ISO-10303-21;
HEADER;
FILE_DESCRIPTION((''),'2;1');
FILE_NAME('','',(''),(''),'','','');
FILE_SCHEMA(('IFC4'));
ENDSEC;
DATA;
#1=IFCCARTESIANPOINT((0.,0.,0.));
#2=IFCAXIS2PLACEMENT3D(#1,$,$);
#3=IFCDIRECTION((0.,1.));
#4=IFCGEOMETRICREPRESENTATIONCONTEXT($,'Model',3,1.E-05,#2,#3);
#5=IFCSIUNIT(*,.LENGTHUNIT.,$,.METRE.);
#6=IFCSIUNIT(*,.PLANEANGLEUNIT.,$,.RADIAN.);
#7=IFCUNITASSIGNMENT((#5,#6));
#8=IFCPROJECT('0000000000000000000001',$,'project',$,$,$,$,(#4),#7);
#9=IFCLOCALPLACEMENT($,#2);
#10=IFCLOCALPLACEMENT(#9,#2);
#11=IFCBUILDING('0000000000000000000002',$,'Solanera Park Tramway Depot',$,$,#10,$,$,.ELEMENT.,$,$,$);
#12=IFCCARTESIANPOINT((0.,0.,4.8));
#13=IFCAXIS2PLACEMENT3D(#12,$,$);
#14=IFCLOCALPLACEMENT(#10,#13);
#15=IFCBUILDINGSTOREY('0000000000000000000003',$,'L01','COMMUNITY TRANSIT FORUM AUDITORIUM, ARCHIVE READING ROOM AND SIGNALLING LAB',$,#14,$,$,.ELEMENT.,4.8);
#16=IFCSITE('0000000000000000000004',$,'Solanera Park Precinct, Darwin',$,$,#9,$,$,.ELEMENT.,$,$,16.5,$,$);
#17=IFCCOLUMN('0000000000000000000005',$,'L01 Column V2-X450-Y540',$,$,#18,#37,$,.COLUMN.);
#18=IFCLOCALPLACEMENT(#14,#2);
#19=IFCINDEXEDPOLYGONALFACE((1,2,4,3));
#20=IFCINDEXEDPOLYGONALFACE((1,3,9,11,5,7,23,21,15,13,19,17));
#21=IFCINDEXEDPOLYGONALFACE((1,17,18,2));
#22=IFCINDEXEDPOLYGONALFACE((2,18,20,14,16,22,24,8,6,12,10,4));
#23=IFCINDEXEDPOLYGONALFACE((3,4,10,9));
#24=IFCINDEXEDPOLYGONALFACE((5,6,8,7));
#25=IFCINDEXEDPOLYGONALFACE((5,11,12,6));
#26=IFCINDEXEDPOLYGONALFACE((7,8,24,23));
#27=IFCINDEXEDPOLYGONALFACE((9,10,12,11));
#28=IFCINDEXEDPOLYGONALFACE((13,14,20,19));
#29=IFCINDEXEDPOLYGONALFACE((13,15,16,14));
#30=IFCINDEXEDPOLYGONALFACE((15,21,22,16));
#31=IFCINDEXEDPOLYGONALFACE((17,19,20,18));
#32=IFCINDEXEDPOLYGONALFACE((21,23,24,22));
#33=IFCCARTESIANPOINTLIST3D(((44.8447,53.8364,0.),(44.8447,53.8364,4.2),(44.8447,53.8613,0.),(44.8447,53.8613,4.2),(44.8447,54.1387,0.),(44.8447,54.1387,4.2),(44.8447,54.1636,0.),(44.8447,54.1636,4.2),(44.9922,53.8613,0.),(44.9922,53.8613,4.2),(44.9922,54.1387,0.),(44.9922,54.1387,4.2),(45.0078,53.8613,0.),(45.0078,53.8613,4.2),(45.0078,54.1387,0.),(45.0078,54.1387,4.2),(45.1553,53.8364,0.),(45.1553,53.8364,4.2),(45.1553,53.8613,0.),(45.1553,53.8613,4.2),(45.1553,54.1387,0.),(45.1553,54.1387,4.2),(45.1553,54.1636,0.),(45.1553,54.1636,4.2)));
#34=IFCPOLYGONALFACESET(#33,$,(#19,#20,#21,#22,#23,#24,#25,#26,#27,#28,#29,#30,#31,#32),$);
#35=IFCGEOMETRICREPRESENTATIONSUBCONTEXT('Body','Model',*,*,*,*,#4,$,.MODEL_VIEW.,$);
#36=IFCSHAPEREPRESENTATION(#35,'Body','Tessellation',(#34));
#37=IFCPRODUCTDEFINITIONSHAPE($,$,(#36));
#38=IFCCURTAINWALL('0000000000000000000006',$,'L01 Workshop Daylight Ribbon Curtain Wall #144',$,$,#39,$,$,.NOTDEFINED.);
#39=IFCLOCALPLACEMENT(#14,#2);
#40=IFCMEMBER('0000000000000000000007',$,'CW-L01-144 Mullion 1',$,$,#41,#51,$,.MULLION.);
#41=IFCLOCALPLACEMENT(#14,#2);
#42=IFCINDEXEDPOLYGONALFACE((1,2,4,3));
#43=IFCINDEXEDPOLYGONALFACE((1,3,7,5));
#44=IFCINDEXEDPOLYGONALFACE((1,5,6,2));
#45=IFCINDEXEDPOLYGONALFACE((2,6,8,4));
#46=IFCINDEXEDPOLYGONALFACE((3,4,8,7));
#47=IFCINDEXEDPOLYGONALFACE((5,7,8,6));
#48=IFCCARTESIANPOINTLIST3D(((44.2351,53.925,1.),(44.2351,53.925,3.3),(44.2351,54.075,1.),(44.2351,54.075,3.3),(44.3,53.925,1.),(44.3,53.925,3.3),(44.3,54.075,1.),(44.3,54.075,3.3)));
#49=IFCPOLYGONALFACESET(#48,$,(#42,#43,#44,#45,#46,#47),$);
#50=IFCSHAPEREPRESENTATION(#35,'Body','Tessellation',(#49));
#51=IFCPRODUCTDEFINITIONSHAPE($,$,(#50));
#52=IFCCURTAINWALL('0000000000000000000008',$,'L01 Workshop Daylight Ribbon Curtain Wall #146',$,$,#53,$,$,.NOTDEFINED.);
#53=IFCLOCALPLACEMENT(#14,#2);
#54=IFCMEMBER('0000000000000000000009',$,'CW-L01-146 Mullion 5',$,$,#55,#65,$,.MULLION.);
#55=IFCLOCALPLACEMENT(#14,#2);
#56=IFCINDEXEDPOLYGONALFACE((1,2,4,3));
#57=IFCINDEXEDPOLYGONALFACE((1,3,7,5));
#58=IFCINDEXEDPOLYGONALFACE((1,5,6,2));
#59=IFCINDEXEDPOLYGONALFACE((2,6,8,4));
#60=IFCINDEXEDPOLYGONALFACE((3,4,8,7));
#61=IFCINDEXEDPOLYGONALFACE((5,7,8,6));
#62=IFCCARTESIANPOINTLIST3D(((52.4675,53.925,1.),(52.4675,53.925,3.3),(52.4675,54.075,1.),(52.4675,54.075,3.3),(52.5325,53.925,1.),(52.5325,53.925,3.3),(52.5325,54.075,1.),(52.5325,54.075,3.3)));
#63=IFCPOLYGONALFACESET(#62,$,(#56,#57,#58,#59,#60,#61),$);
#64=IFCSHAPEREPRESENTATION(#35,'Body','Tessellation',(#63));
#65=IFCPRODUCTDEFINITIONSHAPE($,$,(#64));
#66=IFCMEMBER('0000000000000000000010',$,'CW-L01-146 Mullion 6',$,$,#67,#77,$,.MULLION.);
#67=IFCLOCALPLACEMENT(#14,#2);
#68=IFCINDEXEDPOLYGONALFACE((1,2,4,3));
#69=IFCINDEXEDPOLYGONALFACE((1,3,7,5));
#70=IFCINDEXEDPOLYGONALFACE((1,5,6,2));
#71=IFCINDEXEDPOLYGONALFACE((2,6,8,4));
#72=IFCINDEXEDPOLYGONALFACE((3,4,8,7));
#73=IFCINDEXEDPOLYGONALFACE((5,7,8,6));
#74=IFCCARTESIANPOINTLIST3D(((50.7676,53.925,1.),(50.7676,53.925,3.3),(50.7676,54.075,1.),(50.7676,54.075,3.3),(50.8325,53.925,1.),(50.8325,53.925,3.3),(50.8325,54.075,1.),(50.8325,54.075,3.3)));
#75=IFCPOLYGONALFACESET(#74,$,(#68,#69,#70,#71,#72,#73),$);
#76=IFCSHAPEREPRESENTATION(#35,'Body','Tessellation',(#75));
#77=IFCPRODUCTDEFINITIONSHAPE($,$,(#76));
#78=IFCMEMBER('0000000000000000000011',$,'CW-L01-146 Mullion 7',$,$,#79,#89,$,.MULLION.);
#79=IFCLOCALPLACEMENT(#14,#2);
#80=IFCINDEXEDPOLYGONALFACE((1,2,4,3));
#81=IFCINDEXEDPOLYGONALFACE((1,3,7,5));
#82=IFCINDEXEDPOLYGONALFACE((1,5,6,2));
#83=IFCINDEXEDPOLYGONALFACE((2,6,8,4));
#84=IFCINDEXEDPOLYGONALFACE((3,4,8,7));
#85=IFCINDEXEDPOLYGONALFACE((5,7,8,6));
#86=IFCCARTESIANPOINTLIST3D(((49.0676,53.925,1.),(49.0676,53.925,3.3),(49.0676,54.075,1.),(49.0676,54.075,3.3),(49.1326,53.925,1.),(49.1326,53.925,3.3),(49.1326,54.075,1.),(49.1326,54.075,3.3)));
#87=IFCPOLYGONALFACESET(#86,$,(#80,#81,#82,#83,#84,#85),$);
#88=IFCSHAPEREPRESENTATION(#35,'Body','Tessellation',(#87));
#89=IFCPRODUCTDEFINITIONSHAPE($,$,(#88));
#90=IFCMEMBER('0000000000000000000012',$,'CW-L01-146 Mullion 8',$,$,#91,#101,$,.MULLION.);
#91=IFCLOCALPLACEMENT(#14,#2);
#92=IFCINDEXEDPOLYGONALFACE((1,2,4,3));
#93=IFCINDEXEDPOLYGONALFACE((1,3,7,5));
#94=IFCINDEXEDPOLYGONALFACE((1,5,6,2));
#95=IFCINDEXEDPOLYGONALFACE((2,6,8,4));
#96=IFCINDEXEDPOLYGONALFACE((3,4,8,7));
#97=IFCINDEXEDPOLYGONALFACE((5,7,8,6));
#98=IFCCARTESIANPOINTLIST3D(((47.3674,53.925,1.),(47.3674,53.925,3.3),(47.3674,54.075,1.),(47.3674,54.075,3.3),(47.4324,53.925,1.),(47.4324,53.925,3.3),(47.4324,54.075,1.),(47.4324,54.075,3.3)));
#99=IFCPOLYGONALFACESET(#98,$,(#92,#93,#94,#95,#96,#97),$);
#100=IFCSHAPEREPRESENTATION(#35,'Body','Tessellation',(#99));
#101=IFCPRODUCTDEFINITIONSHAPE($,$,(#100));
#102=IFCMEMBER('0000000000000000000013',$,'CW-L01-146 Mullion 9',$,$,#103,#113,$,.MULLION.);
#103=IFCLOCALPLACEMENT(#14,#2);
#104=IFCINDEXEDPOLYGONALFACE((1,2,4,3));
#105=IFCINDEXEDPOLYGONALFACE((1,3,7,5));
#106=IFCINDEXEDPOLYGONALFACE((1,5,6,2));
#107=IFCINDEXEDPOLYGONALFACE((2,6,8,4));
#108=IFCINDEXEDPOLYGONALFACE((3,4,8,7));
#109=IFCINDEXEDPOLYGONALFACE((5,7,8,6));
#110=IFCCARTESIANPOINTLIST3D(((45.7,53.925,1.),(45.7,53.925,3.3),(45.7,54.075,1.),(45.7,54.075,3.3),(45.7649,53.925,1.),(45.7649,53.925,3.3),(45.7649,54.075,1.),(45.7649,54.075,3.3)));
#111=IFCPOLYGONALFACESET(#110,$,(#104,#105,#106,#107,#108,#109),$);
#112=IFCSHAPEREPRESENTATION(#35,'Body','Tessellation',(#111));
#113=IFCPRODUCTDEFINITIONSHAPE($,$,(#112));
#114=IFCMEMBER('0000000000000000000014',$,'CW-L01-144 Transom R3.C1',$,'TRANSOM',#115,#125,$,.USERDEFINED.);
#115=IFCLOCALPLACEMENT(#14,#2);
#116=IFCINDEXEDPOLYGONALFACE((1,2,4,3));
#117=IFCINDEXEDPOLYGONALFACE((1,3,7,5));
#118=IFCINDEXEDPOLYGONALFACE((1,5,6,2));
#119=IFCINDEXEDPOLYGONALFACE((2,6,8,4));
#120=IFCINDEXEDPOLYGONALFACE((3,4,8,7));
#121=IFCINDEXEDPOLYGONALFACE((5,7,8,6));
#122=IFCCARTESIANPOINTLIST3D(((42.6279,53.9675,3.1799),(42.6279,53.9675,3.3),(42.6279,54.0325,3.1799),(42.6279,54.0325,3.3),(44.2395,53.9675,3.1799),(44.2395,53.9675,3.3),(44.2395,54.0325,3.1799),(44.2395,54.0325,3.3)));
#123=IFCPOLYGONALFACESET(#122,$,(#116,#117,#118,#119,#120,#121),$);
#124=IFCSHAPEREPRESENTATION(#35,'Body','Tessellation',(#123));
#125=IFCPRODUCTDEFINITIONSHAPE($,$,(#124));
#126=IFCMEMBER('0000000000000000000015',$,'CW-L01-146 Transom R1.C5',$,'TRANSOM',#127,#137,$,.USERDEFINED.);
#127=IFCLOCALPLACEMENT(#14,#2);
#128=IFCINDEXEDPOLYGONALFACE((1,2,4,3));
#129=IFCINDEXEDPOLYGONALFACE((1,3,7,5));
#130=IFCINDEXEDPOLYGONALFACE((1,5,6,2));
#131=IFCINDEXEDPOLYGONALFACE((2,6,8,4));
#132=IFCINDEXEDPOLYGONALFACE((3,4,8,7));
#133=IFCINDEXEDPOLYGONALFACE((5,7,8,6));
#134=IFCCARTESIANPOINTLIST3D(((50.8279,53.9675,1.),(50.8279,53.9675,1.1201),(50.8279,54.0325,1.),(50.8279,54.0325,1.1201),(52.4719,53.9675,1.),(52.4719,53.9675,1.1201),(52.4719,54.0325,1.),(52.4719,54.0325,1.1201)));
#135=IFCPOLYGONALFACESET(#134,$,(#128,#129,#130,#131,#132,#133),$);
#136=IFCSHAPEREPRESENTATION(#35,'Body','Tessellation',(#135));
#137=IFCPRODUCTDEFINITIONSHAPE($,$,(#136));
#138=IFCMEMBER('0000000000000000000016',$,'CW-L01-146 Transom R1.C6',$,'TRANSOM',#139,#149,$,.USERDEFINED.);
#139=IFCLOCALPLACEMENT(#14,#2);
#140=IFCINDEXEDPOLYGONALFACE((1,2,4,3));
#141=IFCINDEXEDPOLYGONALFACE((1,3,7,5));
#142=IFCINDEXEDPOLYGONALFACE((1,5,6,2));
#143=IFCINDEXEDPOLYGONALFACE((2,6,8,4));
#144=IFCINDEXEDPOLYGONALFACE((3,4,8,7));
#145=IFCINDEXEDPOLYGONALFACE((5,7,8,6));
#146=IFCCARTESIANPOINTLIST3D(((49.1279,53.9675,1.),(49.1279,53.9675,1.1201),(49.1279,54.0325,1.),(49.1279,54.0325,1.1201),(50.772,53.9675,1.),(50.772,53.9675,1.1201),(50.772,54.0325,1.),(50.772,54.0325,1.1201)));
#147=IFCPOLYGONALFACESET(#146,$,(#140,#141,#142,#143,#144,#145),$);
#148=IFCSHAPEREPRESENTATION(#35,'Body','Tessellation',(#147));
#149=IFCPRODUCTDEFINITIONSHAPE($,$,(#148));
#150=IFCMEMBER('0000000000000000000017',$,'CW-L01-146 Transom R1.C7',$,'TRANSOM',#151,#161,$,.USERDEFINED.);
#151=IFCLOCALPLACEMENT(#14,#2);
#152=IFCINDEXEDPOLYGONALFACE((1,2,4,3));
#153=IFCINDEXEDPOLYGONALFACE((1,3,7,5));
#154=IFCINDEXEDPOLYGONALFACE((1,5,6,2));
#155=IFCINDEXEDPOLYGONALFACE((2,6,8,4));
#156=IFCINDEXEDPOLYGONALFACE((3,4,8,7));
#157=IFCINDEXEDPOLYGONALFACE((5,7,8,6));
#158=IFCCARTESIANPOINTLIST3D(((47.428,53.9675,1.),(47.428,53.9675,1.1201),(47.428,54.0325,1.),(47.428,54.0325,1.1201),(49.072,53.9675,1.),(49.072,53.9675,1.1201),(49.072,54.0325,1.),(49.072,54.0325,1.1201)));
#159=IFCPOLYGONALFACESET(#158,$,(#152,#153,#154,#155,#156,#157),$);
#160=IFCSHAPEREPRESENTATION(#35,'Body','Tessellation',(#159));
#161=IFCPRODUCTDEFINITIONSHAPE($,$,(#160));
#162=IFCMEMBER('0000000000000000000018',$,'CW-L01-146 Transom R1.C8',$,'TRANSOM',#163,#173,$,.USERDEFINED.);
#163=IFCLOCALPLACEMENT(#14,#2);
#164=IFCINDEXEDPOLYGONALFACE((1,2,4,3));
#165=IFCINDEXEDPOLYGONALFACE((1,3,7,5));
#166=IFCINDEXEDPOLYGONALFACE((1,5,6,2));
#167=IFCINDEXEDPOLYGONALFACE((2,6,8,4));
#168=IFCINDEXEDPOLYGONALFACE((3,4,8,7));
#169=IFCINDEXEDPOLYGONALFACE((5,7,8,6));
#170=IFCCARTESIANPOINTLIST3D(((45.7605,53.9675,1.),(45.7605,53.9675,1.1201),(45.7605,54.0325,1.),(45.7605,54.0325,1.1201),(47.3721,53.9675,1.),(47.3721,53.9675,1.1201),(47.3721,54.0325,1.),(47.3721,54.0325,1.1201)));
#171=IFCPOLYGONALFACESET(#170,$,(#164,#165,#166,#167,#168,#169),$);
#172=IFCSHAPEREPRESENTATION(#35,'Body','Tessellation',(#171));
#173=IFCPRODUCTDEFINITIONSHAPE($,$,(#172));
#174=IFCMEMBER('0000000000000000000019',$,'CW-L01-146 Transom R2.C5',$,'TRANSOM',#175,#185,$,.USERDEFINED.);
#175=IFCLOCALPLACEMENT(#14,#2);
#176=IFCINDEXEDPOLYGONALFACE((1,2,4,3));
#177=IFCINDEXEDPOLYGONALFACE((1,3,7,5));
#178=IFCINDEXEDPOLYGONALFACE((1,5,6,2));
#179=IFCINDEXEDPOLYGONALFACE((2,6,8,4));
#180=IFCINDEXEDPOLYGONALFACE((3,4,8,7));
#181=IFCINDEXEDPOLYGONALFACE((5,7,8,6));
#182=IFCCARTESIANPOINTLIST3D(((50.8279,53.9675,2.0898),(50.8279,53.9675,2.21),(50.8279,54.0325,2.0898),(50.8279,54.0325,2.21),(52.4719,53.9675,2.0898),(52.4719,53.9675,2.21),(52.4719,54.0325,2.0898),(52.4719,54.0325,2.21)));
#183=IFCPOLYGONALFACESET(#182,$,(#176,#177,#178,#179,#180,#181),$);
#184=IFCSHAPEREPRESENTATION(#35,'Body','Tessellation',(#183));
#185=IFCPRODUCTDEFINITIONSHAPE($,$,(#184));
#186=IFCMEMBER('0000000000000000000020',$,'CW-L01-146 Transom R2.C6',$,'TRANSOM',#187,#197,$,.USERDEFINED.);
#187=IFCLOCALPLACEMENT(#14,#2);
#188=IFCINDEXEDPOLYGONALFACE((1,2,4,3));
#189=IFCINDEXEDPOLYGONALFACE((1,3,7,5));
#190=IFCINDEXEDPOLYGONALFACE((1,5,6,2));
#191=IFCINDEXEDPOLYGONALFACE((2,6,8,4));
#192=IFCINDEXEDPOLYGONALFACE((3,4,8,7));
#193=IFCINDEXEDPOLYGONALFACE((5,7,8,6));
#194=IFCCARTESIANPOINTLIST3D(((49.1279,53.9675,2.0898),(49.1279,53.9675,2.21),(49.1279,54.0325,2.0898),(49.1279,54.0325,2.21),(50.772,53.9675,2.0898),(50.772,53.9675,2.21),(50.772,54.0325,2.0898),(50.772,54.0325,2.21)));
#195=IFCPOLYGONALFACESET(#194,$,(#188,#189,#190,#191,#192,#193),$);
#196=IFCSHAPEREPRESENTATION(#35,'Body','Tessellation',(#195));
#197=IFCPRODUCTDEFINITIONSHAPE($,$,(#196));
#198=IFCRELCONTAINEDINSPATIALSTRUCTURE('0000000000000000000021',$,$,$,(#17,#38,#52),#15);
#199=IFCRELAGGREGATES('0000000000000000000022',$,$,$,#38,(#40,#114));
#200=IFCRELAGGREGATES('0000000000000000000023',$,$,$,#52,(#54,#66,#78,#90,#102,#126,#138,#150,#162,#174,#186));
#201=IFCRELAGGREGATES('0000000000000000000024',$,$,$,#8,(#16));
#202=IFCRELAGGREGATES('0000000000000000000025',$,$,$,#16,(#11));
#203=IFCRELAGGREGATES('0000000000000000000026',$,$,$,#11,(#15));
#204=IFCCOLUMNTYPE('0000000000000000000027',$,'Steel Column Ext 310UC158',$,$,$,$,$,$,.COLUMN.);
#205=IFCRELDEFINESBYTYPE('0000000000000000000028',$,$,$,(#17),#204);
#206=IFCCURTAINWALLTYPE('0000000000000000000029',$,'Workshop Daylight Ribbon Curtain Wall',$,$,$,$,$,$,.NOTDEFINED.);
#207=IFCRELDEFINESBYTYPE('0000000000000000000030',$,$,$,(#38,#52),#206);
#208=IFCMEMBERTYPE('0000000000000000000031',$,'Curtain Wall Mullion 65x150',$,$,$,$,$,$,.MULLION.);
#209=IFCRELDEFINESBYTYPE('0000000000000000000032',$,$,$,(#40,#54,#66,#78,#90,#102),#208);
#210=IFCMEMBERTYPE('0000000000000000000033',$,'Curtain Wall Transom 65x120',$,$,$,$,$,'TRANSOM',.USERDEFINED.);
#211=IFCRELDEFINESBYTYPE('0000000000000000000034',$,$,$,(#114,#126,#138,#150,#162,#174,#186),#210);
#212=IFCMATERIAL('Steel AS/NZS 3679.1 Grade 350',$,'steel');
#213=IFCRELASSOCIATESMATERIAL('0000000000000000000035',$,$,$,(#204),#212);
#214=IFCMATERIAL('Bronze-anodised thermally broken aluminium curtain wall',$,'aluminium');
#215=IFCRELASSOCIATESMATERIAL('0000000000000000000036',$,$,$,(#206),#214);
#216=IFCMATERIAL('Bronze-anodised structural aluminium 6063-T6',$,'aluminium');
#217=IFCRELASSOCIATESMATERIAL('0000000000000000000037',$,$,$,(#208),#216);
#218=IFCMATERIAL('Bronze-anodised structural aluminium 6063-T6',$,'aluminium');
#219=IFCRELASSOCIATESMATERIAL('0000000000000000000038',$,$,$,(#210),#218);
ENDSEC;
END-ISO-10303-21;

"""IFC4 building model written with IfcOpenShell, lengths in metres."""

from ifc_helpers import new_model, si_unit, direction, frame, origin, origin_2d, place, context, subcontext, project, spatial, rectangle, i_section, extrude, material, material_profile, profile_set, type_object, element, aggregate, save


model = new_model("IFC4")

# Units and contexts
model_context = context("Model", 3, precision=1e-05, world=origin(), true_north=direction((0.0, 1.0)))
body_context = subcontext(model_context, "Body", "Model", "MODEL_VIEW")
ifc_project = project(units=[si_unit("LENGTHUNIT", "METRE"), si_unit("PLANEANGLEUNIT", "RADIAN")], contexts=[model_context])

# Site, building, storey
site_placement = place(None, origin())
site = spatial("IfcSite", under=ifc_project, at=site_placement, Name="Solanera Park Precinct, Darwin", CompositionType="ELEMENT", RefElevation=16.5)
building_placement = place(site_placement, origin())
building = spatial("IfcBuilding", under=site, at=building_placement, Name="Solanera Park Tramway Depot", CompositionType="ELEMENT")
storey_placement = place(building_placement, frame((0.0, 0.0, 4.8)))
storey = spatial("IfcBuildingStorey", under=building, at=storey_placement, Name="L01", Description="COMMUNITY TRANSIT FORUM AUDITORIUM, ARCHIVE READING ROOM AND SIGNALLING LAB", CompositionType="ELEMENT", Elevation=4.8)

# Column
ifc_material_1 = material(Name="Steel AS/NZS 3679.1 Grade 350", Category="steel")
ifc_material_profile_1 = material_profile(ifc_material_1, i_section(OverallWidth=0.3105, OverallDepth=0.3271, WebThickness=0.0156, FlangeThickness=0.0249, at=origin_2d()), Name="310UC158")
ifc_profile_set_1 = profile_set([ifc_material_profile_1], Name="Steel AS/NZS 3679.1 Grade 350")
column_type = type_object("IfcColumnType", Name="Steel Column Ext 310UC158", PredefinedType="COLUMN", material=ifc_profile_set_1)
column_placement = place(storey_placement, frame((45.0, 54.0, 0.0), z_axis=(0.0, 0.0, 1.0), x_axis=(1.0, 0.0, 0.0)))
element("IfcColumn", 1, at=column_placement, inside=storey, type_object=column_type, Name="L01 Column V2-X450-Y540", PredefinedType="COLUMN", context=body_context, shape_type="SweptSolid", body=[
    extrude(i_section(OverallWidth=0.3105, OverallDepth=0.3271, WebThickness=0.0156, FlangeThickness=0.0249, at=origin_2d()), origin(), (0.0, 0.0, 1.0), 4.2),
])

# Curtain wall, member
ifc_material_2 = material(Name="Bronze-anodised thermally broken aluminium curtain wall", Category="aluminium")
curtain_wall_type = type_object("IfcCurtainWallType", Name="Workshop Daylight Ribbon Curtain Wall", PredefinedType="NOTDEFINED", material=ifc_material_2)
curtain_wall_1_placement = place(storey_placement, origin())
curtain_wall_1 = element("IfcCurtainWall", 2, at=curtain_wall_1_placement, inside=storey, type_object=curtain_wall_type, Name="L01 Workshop Daylight Ribbon Curtain Wall #144", PredefinedType="NOTDEFINED")
ifc_material_3 = material(Name="Bronze-anodised structural aluminium 6063-T6", Category="aluminium")
ifc_material_profile_2 = material_profile(ifc_material_3, rectangle(XDim=0.0649, YDim=0.1499, at=origin_2d()), Name="Curtain Wall Mullion 65x150")
ifc_profile_set_2 = profile_set([ifc_material_profile_2], Name="Bronze-anodised structural aluminium 6063-T6")
member_type_1 = type_object("IfcMemberType", Name="Curtain Wall Mullion 65x150", PredefinedType="MULLION", material=ifc_profile_set_2)
member_1_placement = place(storey_placement, frame((44.2676, 54.0, 1.0), z_axis=(0.0, 0.0, 1.0), x_axis=(1.0, 0.0, 0.0)))
member_1 = element("IfcMember", 3, at=member_1_placement, type_object=member_type_1, Name="CW-L01-144 Mullion 1", PredefinedType="MULLION", context=body_context, shape_type="SweptSolid", body=[
    extrude(rectangle(XDim=0.0649, YDim=0.1499, at=origin_2d()), origin(), (0.0, 0.0, 1.0), 2.3),
])

# Curtain wall, members
curtain_wall_2_placement = place(storey_placement, origin())
curtain_wall_2 = element("IfcCurtainWall", 4, at=curtain_wall_2_placement, inside=storey, type_object=curtain_wall_type, Name="L01 Workshop Daylight Ribbon Curtain Wall #146", PredefinedType="NOTDEFINED")
member_2_placement = place(storey_placement, frame((52.5, 54.0, 1.0), z_axis=(0.0, 0.0, 1.0), x_axis=(1.0, 0.0, 0.0)))
member_2 = element("IfcMember", 5, at=member_2_placement, type_object=member_type_1, Name="CW-L01-146 Mullion 5", PredefinedType="MULLION", context=body_context, shape_type="SweptSolid", body=[
    extrude(rectangle(XDim=0.0649, YDim=0.1499, at=origin_2d()), origin(), (0.0, 0.0, 1.0), 2.3),
])
member_3_placement = place(storey_placement, frame((50.8, 54.0, 1.0), z_axis=(0.0, 0.0, 1.0), x_axis=(1.0, 0.0, 0.0)))
member_3 = element("IfcMember", 6, at=member_3_placement, type_object=member_type_1, Name="CW-L01-146 Mullion 6", PredefinedType="MULLION", context=body_context, shape_type="SweptSolid", body=[
    extrude(rectangle(XDim=0.0649, YDim=0.1499, at=origin_2d()), origin(), (0.0, 0.0, 1.0), 2.3),
])
member_4_placement = place(storey_placement, frame((49.1001, 54.0, 1.0), z_axis=(0.0, 0.0, 1.0), x_axis=(1.0, 0.0, 0.0)))
member_4 = element("IfcMember", 7, at=member_4_placement, type_object=member_type_1, Name="CW-L01-146 Mullion 7", PredefinedType="MULLION", context=body_context, shape_type="SweptSolid", body=[
    extrude(rectangle(XDim=0.0649, YDim=0.1499, at=origin_2d()), origin(), (0.0, 0.0, 1.0), 2.3),
])
member_5_placement = place(storey_placement, frame((47.3999, 54.0, 1.0), z_axis=(0.0, 0.0, 1.0), x_axis=(1.0, 0.0, 0.0)))
member_5 = element("IfcMember", 8, at=member_5_placement, type_object=member_type_1, Name="CW-L01-146 Mullion 8", PredefinedType="MULLION", context=body_context, shape_type="SweptSolid", body=[
    extrude(rectangle(XDim=0.0649, YDim=0.1499, at=origin_2d()), origin(), (0.0, 0.0, 1.0), 2.3),
])
member_6_placement = place(storey_placement, frame((45.7324, 54.0, 1.0), z_axis=(0.0, 0.0, 1.0), x_axis=(1.0, 0.0, 0.0)))
member_6 = element("IfcMember", 9, at=member_6_placement, type_object=member_type_1, Name="CW-L01-146 Mullion 9", PredefinedType="MULLION", context=body_context, shape_type="SweptSolid", body=[
    extrude(rectangle(XDim=0.0649, YDim=0.1499, at=origin_2d()), origin(), (0.0, 0.0, 1.0), 2.3),
])

# Members
ifc_material_4 = material(Name="Bronze-anodised structural aluminium 6063-T6", Category="aluminium")
ifc_material_profile_3 = material_profile(ifc_material_4, rectangle(XDim=0.0649, YDim=0.1201, at=origin_2d()), Name="Curtain Wall Transom 65x120")
ifc_profile_set_3 = profile_set([ifc_material_profile_3], Name="Bronze-anodised structural aluminium 6063-T6")
member_type_2 = type_object("IfcMemberType", Name="Curtain Wall Transom 65x120", ElementType="TRANSOM", PredefinedType="USERDEFINED", material=ifc_profile_set_3)
member_7_placement = place(storey_placement, frame((44.2395, 54.0, 3.24), z_axis=(-1.0, 0.0, 0.0), x_axis=(0.0, -1.0, 0.0)))
member_7 = element("IfcMember", 10, at=member_7_placement, type_object=member_type_2, Name="CW-L01-144 Transom R3.C1", ObjectType="TRANSOM", PredefinedType="USERDEFINED", context=body_context, shape_type="SweptSolid", body=[
    extrude(rectangle(XDim=0.0649, YDim=0.1201, at=origin_2d()), origin(), (0.0, 0.0, 1.0), 1.6116),
])
aggregate(curtain_wall_1, [member_1, member_7])
member_8_placement = place(storey_placement, frame((52.4719, 54.0, 1.0601), z_axis=(-1.0, 0.0, 0.0), x_axis=(0.0, -1.0, 0.0)))
member_8 = element("IfcMember", 11, at=member_8_placement, type_object=member_type_2, Name="CW-L01-146 Transom R1.C5", ObjectType="TRANSOM", PredefinedType="USERDEFINED", context=body_context, shape_type="SweptSolid", body=[
    extrude(rectangle(XDim=0.0649, YDim=0.1201, at=origin_2d()), origin(), (0.0, 0.0, 1.0), 1.644),
])
member_9_placement = place(storey_placement, frame((50.772, 54.0, 1.0601), z_axis=(-1.0, 0.0, 0.0), x_axis=(0.0, -1.0, 0.0)))
member_9 = element("IfcMember", 12, at=member_9_placement, type_object=member_type_2, Name="CW-L01-146 Transom R1.C6", ObjectType="TRANSOM", PredefinedType="USERDEFINED", context=body_context, shape_type="SweptSolid", body=[
    extrude(rectangle(XDim=0.0649, YDim=0.1201, at=origin_2d()), origin(), (0.0, 0.0, 1.0), 1.644),
])
member_10_placement = place(storey_placement, frame((49.072, 54.0, 1.0601), z_axis=(-1.0, 0.0, 0.0), x_axis=(0.0, -1.0, 0.0)))
member_10 = element("IfcMember", 13, at=member_10_placement, type_object=member_type_2, Name="CW-L01-146 Transom R1.C7", ObjectType="TRANSOM", PredefinedType="USERDEFINED", context=body_context, shape_type="SweptSolid", body=[
    extrude(rectangle(XDim=0.0649, YDim=0.1201, at=origin_2d()), origin(), (0.0, 0.0, 1.0), 1.644),
])
member_11_placement = place(storey_placement, frame((47.3721, 54.0, 1.0601), z_axis=(-1.0, 0.0, 0.0), x_axis=(0.0, -1.0, 0.0)))
member_11 = element("IfcMember", 14, at=member_11_placement, type_object=member_type_2, Name="CW-L01-146 Transom R1.C8", ObjectType="TRANSOM", PredefinedType="USERDEFINED", context=body_context, shape_type="SweptSolid", body=[
    extrude(rectangle(XDim=0.0649, YDim=0.1201, at=origin_2d()), origin(), (0.0, 0.0, 1.0), 1.6116),
])
member_12_placement = place(storey_placement, frame((52.4719, 54.0, 2.1499), z_axis=(-1.0, 0.0, 0.0), x_axis=(0.0, -1.0, 0.0)))
member_12 = element("IfcMember", 15, at=member_12_placement, type_object=member_type_2, Name="CW-L01-146 Transom R2.C5", ObjectType="TRANSOM", PredefinedType="USERDEFINED", context=body_context, shape_type="SweptSolid", body=[
    extrude(rectangle(XDim=0.0649, YDim=0.1201, at=origin_2d()), origin(), (0.0, 0.0, 1.0), 1.644),
])
member_13_placement = place(storey_placement, frame((50.772, 54.0, 2.1499), z_axis=(-1.0, 0.0, 0.0), x_axis=(0.0, -1.0, 0.0)))
member_13 = element("IfcMember", 16, at=member_13_placement, type_object=member_type_2, Name="CW-L01-146 Transom R2.C6", ObjectType="TRANSOM", PredefinedType="USERDEFINED", context=body_context, shape_type="SweptSolid", body=[
    extrude(rectangle(XDim=0.0649, YDim=0.1201, at=origin_2d()), origin(), (0.0, 0.0, 1.0), 1.644),
])

aggregate(curtain_wall_2, [member_2, member_3, member_4, member_5, member_6, member_8, member_9, member_10, member_11, member_12, member_13])

save(model, "model.ifc")
